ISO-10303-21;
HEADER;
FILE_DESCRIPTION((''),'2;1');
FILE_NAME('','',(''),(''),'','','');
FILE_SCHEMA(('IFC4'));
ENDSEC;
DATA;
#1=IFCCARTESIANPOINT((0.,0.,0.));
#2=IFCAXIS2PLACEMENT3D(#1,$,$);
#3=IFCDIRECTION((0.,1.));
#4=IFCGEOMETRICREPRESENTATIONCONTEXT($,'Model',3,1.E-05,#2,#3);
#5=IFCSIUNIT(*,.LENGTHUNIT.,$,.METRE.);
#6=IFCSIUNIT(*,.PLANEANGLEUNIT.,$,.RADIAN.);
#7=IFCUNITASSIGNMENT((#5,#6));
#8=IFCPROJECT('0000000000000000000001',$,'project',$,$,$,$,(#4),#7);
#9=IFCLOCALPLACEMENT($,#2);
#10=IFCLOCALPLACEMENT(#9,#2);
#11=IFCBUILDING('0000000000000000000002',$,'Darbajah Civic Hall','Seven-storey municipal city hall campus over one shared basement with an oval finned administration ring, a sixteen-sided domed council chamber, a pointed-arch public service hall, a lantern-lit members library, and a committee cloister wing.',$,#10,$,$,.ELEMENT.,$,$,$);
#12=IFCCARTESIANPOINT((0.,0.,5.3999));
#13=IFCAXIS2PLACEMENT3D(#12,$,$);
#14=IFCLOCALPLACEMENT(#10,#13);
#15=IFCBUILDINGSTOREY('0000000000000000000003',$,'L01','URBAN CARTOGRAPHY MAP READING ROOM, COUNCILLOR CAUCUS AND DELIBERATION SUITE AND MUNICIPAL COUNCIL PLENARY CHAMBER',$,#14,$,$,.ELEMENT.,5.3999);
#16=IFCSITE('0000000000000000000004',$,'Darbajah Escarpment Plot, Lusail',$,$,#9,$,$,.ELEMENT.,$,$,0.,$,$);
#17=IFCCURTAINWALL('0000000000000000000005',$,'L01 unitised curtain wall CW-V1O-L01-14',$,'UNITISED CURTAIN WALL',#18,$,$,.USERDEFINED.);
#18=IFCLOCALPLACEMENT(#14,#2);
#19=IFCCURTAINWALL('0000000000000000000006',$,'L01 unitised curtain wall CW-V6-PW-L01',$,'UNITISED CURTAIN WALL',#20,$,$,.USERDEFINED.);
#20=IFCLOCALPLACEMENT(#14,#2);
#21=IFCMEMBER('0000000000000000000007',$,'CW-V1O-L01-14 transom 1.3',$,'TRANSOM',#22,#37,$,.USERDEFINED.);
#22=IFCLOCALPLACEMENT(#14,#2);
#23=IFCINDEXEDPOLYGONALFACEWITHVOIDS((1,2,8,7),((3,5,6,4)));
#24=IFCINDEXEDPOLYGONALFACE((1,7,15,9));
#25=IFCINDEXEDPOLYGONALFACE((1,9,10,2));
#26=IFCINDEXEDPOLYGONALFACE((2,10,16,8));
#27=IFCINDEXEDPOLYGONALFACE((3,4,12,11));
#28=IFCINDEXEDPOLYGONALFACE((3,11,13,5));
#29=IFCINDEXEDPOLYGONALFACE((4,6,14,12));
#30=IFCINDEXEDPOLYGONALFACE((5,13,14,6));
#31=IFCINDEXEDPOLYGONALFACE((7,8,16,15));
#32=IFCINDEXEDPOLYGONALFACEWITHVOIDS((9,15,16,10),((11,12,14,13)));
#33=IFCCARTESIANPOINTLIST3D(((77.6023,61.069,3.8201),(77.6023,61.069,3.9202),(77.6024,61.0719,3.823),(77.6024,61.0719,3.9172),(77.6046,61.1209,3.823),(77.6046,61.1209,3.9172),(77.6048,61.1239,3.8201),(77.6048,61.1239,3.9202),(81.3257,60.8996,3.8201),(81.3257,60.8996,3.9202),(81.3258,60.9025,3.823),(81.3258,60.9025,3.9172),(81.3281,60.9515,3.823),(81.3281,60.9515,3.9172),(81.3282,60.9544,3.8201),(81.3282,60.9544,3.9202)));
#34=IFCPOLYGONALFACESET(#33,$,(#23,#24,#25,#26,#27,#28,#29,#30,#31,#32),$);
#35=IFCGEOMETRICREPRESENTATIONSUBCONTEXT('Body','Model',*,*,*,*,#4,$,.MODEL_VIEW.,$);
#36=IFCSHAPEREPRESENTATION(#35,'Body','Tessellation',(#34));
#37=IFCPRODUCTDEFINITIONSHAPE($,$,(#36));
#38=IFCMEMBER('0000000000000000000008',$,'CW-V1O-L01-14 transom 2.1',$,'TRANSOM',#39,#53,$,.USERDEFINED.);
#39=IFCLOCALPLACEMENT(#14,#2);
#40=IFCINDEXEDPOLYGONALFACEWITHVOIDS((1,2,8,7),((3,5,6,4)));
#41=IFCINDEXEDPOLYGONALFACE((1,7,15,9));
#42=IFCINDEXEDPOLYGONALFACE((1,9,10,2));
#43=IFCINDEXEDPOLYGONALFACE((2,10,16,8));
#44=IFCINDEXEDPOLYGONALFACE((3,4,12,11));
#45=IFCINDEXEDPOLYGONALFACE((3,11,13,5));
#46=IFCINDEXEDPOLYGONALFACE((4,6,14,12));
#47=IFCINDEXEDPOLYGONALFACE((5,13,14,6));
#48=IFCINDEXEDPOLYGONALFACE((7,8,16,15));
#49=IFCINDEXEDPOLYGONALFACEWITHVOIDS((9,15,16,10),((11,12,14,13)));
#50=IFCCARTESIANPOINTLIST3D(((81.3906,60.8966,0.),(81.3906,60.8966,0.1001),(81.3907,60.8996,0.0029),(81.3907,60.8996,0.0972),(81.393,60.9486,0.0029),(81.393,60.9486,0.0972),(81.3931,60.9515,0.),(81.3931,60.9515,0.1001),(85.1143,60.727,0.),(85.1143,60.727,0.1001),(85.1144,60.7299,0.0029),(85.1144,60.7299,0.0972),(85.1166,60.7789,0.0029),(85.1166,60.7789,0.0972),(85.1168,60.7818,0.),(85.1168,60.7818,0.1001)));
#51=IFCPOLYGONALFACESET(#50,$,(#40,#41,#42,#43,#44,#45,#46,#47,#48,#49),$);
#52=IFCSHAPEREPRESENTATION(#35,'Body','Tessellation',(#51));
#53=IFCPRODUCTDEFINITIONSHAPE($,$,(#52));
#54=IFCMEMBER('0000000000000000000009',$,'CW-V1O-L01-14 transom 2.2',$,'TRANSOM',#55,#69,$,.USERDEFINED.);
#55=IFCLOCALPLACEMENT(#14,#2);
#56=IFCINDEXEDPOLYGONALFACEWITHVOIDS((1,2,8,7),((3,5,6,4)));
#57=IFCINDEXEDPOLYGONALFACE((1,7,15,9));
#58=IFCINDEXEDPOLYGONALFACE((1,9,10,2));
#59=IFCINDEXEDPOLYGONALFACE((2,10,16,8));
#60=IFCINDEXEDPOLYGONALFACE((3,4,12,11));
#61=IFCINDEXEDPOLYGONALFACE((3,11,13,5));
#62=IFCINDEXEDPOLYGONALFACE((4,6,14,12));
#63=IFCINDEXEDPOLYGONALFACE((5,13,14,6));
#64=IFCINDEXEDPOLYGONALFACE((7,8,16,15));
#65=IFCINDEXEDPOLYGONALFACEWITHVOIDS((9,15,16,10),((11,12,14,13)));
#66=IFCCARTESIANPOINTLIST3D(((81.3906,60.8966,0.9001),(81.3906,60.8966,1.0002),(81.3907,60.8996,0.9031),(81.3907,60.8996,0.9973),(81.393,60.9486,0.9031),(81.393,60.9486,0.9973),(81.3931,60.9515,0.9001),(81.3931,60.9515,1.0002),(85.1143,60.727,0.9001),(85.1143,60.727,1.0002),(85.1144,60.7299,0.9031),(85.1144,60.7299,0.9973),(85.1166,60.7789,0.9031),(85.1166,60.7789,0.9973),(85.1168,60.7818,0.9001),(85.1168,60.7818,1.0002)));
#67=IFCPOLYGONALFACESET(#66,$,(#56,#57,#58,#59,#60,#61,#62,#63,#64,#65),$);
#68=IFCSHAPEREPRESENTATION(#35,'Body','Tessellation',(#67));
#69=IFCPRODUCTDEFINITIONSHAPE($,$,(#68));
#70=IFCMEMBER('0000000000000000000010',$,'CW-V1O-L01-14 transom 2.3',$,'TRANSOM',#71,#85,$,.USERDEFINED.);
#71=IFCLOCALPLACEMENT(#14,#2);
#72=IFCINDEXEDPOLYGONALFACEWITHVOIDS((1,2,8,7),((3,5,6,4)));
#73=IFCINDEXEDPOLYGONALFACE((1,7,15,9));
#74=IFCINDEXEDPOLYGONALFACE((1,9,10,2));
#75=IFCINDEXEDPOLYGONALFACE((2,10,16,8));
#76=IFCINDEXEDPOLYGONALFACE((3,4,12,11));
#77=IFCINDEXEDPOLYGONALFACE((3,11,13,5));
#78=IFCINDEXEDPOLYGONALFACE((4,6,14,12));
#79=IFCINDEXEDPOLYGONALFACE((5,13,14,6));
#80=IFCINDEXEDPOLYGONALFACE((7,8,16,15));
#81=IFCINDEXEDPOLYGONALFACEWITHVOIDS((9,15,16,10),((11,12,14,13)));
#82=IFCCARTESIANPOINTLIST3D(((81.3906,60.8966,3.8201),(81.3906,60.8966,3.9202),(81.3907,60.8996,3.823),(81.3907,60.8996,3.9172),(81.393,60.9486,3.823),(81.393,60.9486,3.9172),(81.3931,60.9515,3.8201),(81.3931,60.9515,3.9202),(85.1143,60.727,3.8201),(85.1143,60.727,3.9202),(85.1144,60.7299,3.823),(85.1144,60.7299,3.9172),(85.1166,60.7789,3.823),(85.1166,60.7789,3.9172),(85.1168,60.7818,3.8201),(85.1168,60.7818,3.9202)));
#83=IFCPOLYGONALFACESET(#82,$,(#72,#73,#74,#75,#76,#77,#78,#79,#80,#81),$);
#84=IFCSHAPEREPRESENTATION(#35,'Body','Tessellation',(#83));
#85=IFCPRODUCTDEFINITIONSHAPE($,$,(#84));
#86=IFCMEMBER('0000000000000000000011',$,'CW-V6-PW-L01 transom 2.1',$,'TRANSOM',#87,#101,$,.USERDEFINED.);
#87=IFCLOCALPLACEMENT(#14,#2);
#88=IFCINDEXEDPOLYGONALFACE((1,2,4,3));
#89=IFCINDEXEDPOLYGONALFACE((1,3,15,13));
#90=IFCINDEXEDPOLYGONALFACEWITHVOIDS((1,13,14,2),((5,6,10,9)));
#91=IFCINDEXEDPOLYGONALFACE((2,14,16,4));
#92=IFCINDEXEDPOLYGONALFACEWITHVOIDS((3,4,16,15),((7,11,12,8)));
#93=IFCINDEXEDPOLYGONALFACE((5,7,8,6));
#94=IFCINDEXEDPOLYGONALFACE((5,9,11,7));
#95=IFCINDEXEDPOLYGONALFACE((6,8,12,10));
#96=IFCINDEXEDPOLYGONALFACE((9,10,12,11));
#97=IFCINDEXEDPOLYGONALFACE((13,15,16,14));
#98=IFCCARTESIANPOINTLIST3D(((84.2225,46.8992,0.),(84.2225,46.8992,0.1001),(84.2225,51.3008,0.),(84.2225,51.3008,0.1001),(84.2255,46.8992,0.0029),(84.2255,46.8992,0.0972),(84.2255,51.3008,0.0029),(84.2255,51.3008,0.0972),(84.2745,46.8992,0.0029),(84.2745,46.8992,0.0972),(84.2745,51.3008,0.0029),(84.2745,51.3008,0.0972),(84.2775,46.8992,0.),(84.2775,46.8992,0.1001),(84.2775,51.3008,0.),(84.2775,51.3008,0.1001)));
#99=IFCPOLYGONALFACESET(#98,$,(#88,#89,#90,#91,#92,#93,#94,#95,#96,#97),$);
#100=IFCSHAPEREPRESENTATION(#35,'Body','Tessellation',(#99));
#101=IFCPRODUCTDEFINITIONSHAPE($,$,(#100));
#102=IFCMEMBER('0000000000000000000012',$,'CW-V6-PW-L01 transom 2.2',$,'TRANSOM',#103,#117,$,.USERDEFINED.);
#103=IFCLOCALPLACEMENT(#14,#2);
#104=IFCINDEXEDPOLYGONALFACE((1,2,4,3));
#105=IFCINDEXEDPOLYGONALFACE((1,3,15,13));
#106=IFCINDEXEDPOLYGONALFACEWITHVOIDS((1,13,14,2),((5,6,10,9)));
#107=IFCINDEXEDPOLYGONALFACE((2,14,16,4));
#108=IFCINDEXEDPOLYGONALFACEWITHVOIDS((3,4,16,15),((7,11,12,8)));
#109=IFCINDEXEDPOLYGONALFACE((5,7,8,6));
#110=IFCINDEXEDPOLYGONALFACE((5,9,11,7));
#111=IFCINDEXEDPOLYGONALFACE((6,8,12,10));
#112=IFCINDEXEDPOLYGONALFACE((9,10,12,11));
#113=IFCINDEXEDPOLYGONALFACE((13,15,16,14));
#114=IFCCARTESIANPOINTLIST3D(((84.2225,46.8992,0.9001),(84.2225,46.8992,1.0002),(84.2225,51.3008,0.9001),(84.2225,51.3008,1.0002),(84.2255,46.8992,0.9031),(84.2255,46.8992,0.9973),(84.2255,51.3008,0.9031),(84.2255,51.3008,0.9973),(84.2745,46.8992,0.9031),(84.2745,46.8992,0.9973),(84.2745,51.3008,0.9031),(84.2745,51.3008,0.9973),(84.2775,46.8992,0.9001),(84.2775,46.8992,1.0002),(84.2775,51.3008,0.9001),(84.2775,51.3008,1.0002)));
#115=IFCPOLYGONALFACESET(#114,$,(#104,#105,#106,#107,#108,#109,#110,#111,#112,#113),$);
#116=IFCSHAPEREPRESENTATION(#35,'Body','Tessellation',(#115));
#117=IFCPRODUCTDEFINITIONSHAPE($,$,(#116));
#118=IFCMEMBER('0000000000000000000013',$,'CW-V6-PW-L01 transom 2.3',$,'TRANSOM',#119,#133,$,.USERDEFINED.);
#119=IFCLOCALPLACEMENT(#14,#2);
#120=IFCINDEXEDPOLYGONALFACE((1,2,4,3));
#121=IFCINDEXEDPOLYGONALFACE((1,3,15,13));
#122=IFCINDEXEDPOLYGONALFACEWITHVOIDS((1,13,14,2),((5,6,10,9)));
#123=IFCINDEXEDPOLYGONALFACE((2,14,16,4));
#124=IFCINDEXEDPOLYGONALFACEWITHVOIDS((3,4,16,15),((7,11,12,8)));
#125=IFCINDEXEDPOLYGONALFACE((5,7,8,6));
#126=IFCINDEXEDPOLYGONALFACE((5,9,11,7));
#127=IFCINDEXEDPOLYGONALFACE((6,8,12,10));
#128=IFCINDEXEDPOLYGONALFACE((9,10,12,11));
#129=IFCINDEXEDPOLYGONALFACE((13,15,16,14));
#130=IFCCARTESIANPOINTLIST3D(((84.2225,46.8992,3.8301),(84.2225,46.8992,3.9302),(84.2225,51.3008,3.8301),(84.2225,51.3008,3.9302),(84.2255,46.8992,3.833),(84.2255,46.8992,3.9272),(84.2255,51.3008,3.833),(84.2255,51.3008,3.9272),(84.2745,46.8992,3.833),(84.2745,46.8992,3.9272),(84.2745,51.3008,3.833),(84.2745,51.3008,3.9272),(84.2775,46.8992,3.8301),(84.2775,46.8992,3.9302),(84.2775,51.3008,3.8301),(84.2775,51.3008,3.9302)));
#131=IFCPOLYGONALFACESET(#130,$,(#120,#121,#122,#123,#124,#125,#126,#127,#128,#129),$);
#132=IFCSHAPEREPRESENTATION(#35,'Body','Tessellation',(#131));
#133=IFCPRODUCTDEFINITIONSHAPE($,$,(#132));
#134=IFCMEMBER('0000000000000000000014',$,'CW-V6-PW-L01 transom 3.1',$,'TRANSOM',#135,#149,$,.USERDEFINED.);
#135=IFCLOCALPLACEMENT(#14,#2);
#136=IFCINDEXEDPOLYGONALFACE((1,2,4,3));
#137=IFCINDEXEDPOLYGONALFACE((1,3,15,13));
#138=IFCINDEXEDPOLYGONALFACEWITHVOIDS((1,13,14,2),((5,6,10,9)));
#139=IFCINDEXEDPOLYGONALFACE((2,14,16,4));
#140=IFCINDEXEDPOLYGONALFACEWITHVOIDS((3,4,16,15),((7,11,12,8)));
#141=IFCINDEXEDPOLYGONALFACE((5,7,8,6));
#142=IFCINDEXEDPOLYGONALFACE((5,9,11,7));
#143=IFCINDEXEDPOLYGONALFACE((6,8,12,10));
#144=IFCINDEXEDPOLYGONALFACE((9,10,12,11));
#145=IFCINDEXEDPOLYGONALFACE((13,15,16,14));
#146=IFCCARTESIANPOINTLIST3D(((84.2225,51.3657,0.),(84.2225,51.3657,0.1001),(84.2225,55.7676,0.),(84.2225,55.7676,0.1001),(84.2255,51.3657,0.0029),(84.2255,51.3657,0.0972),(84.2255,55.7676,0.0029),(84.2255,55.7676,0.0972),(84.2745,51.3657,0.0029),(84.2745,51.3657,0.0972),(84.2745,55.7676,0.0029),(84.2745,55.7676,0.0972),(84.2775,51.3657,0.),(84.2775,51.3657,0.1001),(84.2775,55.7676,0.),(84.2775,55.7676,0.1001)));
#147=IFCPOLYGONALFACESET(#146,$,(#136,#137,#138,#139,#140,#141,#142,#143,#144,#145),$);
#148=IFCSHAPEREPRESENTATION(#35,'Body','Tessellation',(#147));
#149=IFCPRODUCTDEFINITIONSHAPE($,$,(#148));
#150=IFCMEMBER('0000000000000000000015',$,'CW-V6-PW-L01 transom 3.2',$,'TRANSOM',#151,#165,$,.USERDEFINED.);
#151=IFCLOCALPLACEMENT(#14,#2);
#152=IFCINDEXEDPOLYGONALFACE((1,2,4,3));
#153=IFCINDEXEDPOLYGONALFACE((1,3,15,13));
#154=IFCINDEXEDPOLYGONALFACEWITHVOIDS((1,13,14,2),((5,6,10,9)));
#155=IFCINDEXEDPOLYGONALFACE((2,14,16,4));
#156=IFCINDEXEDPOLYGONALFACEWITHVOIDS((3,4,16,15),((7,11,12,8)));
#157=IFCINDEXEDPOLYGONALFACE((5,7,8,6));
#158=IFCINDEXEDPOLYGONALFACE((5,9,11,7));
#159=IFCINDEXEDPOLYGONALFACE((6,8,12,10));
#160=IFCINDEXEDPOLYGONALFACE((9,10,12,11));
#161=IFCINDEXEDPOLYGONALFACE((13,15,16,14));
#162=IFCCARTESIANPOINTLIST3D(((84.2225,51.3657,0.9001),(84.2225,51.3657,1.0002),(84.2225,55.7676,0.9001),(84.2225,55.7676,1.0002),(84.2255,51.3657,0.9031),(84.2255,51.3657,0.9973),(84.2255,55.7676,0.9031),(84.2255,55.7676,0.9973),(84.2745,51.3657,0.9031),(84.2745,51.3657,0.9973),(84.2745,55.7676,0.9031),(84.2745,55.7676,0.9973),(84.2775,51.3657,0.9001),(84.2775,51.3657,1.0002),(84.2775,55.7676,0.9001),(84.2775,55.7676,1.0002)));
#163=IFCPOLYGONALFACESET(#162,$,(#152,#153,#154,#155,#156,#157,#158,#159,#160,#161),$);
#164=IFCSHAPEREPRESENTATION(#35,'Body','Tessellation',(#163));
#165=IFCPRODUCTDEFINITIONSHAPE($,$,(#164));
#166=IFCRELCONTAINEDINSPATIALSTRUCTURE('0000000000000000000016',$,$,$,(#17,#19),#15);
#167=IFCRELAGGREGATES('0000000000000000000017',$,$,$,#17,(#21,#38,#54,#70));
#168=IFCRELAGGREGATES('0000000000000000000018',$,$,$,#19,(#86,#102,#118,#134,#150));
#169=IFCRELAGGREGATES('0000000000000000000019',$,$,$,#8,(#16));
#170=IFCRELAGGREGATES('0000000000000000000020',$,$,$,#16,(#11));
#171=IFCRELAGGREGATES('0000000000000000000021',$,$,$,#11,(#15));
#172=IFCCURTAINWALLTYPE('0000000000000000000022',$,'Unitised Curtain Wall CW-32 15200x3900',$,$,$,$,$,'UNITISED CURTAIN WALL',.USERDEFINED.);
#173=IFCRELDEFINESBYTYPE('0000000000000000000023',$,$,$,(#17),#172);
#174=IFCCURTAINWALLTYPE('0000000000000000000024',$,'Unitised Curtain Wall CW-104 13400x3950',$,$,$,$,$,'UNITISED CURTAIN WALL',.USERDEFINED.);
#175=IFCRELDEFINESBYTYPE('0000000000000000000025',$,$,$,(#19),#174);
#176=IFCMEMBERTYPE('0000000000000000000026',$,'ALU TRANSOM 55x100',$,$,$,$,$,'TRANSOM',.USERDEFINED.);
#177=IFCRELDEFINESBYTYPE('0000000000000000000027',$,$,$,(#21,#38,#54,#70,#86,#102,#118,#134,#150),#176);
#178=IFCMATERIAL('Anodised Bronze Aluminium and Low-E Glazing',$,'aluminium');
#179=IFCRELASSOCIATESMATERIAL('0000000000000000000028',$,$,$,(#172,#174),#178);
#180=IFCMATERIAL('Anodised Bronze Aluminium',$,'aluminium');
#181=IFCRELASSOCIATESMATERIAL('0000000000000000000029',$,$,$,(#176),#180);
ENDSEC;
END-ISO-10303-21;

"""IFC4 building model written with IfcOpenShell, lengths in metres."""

from ifc_helpers import new_model, si_unit, direction, frame, origin, origin_2d, place, context, subcontext, project, spatial, hollow_rectangle, extrude, material, material_profile, profile_set, type_object, element, aggregate, save


model = new_model("IFC4")

# Units and contexts
model_context = context("Model", 3, precision=1e-05, world=origin(), true_north=direction((0.0, 1.0)))
body_context = subcontext(model_context, "Body", "Model", "MODEL_VIEW")
ifc_project = project(units=[si_unit("LENGTHUNIT", "METRE"), si_unit("PLANEANGLEUNIT", "RADIAN")], contexts=[model_context])

# Site, building, storey
site_placement = place(None, origin())
site = spatial("IfcSite", under=ifc_project, at=site_placement, Name="Darbajah Escarpment Plot, Lusail", CompositionType="ELEMENT", RefElevation=0.0)
building_placement = place(site_placement, origin())
building = spatial("IfcBuilding", under=site, at=building_placement, Name="Darbajah Civic Hall", Description="Seven-storey municipal city hall campus over one shared basement with an oval finned administration ring, a sixteen-sided domed council chamber, a pointed-arch public service hall, a lantern-lit members library, and a committee cloister wing.", CompositionType="ELEMENT")
storey_placement = place(building_placement, frame((0.0, 0.0, 5.3999)))
storey = spatial("IfcBuildingStorey", under=building, at=storey_placement, Name="L01", Description="URBAN CARTOGRAPHY MAP READING ROOM, COUNCILLOR CAUCUS AND DELIBERATION SUITE AND MUNICIPAL COUNCIL PLENARY CHAMBER", CompositionType="ELEMENT", Elevation=5.3999)

# Curtain wall
ifc_material_1 = material(Name="Anodised Bronze Aluminium and Low-E Glazing", Category="aluminium")
curtain_wall_type_1 = type_object("IfcCurtainWallType", Name="Unitised Curtain Wall CW-32 15200x3900", ElementType="UNITISED CURTAIN WALL", PredefinedType="USERDEFINED", material=ifc_material_1)
curtain_wall_1_placement = place(storey_placement, origin())
curtain_wall_1 = element("IfcCurtainWall", 1, at=curtain_wall_1_placement, inside=storey, type_object=curtain_wall_type_1, Name="L01 unitised curtain wall CW-V1O-L01-14", ObjectType="UNITISED CURTAIN WALL", PredefinedType="USERDEFINED")
ifc_material_2 = material(Name="Anodised Bronze Aluminium", Category="aluminium")

# Curtain wall
curtain_wall_type_2 = type_object("IfcCurtainWallType", Name="Unitised Curtain Wall CW-104 13400x3950", ElementType="UNITISED CURTAIN WALL", PredefinedType="USERDEFINED", material=ifc_material_1)
curtain_wall_2_placement = place(storey_placement, origin())
curtain_wall_2 = element("IfcCurtainWall", 2, at=curtain_wall_2_placement, inside=storey, type_object=curtain_wall_type_2, Name="L01 unitised curtain wall CW-V6-PW-L01", ObjectType="UNITISED CURTAIN WALL", PredefinedType="USERDEFINED")

# Members
ifc_material_profile_1 = material_profile(ifc_material_2, hollow_rectangle(XDim=0.0549, YDim=0.1001, WallThickness=0.0029, at=origin_2d()), Name="ALU TRANSOM 55x100")
ifc_profile_set_1 = profile_set([ifc_material_profile_1], Name="Anodised Bronze Aluminium")
member_type_1 = type_object("IfcMemberType", Name="ALU TRANSOM 55x100", ElementType="TRANSOM", PredefinedType="USERDEFINED", material=ifc_profile_set_1)
member_1_placement = place(storey_placement, frame((77.6035, 61.0964, 3.8701), z_axis=(0.998966, -0.045458, 0.0), x_axis=(0.045458, 0.998966, 0.0)))
member_1 = element("IfcMember", 3, at=member_1_placement, type_object=member_type_1, Name="CW-V1O-L01-14 transom 1.3", ObjectType="TRANSOM", PredefinedType="USERDEFINED", context=body_context, shape_type="SweptSolid", body=[
    extrude(hollow_rectangle(XDim=0.0549, YDim=0.1001, WallThickness=0.0029, at=origin_2d()), origin(), (0.0, 0.0, 1.0), 3.7273),
])
member_2_placement = place(storey_placement, frame((81.3918, 60.9241, 0.05), z_axis=(0.998963, -0.045521, 0.0), x_axis=(0.045521, 0.998963, 0.0)))
member_2 = element("IfcMember", 4, at=member_2_placement, type_object=member_type_1, Name="CW-V1O-L01-14 transom 2.1", ObjectType="TRANSOM", PredefinedType="USERDEFINED", context=body_context, shape_type="SweptSolid", body=[
    extrude(hollow_rectangle(XDim=0.0549, YDim=0.1001, WallThickness=0.0029, at=origin_2d()), origin(), (0.0, 0.0, 1.0), 3.7275),
])
member_3_placement = place(storey_placement, frame((81.3918, 60.9241, 0.9502), z_axis=(0.998963, -0.045521, 0.0), x_axis=(0.045521, 0.998963, 0.0)))
member_3 = element("IfcMember", 5, at=member_3_placement, type_object=member_type_1, Name="CW-V1O-L01-14 transom 2.2", ObjectType="TRANSOM", PredefinedType="USERDEFINED", context=body_context, shape_type="SweptSolid", body=[
    extrude(hollow_rectangle(XDim=0.0549, YDim=0.1001, WallThickness=0.0029, at=origin_2d()), origin(), (0.0, 0.0, 1.0), 3.7275),
])
member_4_placement = place(storey_placement, frame((81.3918, 60.9241, 3.8701), z_axis=(0.998963, -0.045521, 0.0), x_axis=(0.045521, 0.998963, 0.0)))
member_4 = element("IfcMember", 6, at=member_4_placement, type_object=member_type_1, Name="CW-V1O-L01-14 transom 2.3", ObjectType="TRANSOM", PredefinedType="USERDEFINED", context=body_context, shape_type="SweptSolid", body=[
    extrude(hollow_rectangle(XDim=0.0549, YDim=0.1001, WallThickness=0.0029, at=origin_2d()), origin(), (0.0, 0.0, 1.0), 3.7275),
])
member_5_placement = place(storey_placement, frame((84.25, 46.8992, 0.05), z_axis=(0.0, 1.0, 0.0), x_axis=(-1.0, 0.0, 0.0)))
member_5 = element("IfcMember", 7, at=member_5_placement, type_object=member_type_1, Name="CW-V6-PW-L01 transom 2.1", ObjectType="TRANSOM", PredefinedType="USERDEFINED", context=body_context, shape_type="SweptSolid", body=[
    extrude(hollow_rectangle(XDim=0.0549, YDim=0.1001, WallThickness=0.0029, at=origin_2d()), origin(), (0.0, 0.0, 1.0), 4.4016),
])
member_6_placement = place(storey_placement, frame((84.25, 46.8992, 0.9502), z_axis=(0.0, 1.0, 0.0), x_axis=(-1.0, 0.0, 0.0)))
member_6 = element("IfcMember", 8, at=member_6_placement, type_object=member_type_1, Name="CW-V6-PW-L01 transom 2.2", ObjectType="TRANSOM", PredefinedType="USERDEFINED", context=body_context, shape_type="SweptSolid", body=[
    extrude(hollow_rectangle(XDim=0.0549, YDim=0.1001, WallThickness=0.0029, at=origin_2d()), origin(), (0.0, 0.0, 1.0), 4.4016),
])
member_7_placement = place(storey_placement, frame((84.25, 46.8992, 3.8801), z_axis=(0.0, 1.0, 0.0), x_axis=(-1.0, 0.0, 0.0)))
member_7 = element("IfcMember", 9, at=member_7_placement, type_object=member_type_1, Name="CW-V6-PW-L01 transom 2.3", ObjectType="TRANSOM", PredefinedType="USERDEFINED", context=body_context, shape_type="SweptSolid", body=[
    extrude(hollow_rectangle(XDim=0.0549, YDim=0.1001, WallThickness=0.0029, at=origin_2d()), origin(), (0.0, 0.0, 1.0), 4.4016),
])
member_8_placement = place(storey_placement, frame((84.25, 51.3657, 0.05), z_axis=(0.0, 1.0, 0.0), x_axis=(-1.0, 0.0, 0.0)))
member_8 = element("IfcMember", 10, at=member_8_placement, type_object=member_type_1, Name="CW-V6-PW-L01 transom 3.1", ObjectType="TRANSOM", PredefinedType="USERDEFINED", context=body_context, shape_type="SweptSolid", body=[
    extrude(hollow_rectangle(XDim=0.0549, YDim=0.1001, WallThickness=0.0029, at=origin_2d()), origin(), (0.0, 0.0, 1.0), 4.4019),
])
member_9_placement = place(storey_placement, frame((84.25, 51.3657, 0.9502), z_axis=(0.0, 1.0, 0.0), x_axis=(-1.0, 0.0, 0.0)))
member_9 = element("IfcMember", 11, at=member_9_placement, type_object=member_type_1, Name="CW-V6-PW-L01 transom 3.2", ObjectType="TRANSOM", PredefinedType="USERDEFINED", context=body_context, shape_type="SweptSolid", body=[
    extrude(hollow_rectangle(XDim=0.0549, YDim=0.1001, WallThickness=0.0029, at=origin_2d()), origin(), (0.0, 0.0, 1.0), 4.4019),
])

aggregate(curtain_wall_1, [member_1, member_2, member_3, member_4])
aggregate(curtain_wall_2, [member_5, member_6, member_7, member_8, member_9])

save(model, "model.ifc")
